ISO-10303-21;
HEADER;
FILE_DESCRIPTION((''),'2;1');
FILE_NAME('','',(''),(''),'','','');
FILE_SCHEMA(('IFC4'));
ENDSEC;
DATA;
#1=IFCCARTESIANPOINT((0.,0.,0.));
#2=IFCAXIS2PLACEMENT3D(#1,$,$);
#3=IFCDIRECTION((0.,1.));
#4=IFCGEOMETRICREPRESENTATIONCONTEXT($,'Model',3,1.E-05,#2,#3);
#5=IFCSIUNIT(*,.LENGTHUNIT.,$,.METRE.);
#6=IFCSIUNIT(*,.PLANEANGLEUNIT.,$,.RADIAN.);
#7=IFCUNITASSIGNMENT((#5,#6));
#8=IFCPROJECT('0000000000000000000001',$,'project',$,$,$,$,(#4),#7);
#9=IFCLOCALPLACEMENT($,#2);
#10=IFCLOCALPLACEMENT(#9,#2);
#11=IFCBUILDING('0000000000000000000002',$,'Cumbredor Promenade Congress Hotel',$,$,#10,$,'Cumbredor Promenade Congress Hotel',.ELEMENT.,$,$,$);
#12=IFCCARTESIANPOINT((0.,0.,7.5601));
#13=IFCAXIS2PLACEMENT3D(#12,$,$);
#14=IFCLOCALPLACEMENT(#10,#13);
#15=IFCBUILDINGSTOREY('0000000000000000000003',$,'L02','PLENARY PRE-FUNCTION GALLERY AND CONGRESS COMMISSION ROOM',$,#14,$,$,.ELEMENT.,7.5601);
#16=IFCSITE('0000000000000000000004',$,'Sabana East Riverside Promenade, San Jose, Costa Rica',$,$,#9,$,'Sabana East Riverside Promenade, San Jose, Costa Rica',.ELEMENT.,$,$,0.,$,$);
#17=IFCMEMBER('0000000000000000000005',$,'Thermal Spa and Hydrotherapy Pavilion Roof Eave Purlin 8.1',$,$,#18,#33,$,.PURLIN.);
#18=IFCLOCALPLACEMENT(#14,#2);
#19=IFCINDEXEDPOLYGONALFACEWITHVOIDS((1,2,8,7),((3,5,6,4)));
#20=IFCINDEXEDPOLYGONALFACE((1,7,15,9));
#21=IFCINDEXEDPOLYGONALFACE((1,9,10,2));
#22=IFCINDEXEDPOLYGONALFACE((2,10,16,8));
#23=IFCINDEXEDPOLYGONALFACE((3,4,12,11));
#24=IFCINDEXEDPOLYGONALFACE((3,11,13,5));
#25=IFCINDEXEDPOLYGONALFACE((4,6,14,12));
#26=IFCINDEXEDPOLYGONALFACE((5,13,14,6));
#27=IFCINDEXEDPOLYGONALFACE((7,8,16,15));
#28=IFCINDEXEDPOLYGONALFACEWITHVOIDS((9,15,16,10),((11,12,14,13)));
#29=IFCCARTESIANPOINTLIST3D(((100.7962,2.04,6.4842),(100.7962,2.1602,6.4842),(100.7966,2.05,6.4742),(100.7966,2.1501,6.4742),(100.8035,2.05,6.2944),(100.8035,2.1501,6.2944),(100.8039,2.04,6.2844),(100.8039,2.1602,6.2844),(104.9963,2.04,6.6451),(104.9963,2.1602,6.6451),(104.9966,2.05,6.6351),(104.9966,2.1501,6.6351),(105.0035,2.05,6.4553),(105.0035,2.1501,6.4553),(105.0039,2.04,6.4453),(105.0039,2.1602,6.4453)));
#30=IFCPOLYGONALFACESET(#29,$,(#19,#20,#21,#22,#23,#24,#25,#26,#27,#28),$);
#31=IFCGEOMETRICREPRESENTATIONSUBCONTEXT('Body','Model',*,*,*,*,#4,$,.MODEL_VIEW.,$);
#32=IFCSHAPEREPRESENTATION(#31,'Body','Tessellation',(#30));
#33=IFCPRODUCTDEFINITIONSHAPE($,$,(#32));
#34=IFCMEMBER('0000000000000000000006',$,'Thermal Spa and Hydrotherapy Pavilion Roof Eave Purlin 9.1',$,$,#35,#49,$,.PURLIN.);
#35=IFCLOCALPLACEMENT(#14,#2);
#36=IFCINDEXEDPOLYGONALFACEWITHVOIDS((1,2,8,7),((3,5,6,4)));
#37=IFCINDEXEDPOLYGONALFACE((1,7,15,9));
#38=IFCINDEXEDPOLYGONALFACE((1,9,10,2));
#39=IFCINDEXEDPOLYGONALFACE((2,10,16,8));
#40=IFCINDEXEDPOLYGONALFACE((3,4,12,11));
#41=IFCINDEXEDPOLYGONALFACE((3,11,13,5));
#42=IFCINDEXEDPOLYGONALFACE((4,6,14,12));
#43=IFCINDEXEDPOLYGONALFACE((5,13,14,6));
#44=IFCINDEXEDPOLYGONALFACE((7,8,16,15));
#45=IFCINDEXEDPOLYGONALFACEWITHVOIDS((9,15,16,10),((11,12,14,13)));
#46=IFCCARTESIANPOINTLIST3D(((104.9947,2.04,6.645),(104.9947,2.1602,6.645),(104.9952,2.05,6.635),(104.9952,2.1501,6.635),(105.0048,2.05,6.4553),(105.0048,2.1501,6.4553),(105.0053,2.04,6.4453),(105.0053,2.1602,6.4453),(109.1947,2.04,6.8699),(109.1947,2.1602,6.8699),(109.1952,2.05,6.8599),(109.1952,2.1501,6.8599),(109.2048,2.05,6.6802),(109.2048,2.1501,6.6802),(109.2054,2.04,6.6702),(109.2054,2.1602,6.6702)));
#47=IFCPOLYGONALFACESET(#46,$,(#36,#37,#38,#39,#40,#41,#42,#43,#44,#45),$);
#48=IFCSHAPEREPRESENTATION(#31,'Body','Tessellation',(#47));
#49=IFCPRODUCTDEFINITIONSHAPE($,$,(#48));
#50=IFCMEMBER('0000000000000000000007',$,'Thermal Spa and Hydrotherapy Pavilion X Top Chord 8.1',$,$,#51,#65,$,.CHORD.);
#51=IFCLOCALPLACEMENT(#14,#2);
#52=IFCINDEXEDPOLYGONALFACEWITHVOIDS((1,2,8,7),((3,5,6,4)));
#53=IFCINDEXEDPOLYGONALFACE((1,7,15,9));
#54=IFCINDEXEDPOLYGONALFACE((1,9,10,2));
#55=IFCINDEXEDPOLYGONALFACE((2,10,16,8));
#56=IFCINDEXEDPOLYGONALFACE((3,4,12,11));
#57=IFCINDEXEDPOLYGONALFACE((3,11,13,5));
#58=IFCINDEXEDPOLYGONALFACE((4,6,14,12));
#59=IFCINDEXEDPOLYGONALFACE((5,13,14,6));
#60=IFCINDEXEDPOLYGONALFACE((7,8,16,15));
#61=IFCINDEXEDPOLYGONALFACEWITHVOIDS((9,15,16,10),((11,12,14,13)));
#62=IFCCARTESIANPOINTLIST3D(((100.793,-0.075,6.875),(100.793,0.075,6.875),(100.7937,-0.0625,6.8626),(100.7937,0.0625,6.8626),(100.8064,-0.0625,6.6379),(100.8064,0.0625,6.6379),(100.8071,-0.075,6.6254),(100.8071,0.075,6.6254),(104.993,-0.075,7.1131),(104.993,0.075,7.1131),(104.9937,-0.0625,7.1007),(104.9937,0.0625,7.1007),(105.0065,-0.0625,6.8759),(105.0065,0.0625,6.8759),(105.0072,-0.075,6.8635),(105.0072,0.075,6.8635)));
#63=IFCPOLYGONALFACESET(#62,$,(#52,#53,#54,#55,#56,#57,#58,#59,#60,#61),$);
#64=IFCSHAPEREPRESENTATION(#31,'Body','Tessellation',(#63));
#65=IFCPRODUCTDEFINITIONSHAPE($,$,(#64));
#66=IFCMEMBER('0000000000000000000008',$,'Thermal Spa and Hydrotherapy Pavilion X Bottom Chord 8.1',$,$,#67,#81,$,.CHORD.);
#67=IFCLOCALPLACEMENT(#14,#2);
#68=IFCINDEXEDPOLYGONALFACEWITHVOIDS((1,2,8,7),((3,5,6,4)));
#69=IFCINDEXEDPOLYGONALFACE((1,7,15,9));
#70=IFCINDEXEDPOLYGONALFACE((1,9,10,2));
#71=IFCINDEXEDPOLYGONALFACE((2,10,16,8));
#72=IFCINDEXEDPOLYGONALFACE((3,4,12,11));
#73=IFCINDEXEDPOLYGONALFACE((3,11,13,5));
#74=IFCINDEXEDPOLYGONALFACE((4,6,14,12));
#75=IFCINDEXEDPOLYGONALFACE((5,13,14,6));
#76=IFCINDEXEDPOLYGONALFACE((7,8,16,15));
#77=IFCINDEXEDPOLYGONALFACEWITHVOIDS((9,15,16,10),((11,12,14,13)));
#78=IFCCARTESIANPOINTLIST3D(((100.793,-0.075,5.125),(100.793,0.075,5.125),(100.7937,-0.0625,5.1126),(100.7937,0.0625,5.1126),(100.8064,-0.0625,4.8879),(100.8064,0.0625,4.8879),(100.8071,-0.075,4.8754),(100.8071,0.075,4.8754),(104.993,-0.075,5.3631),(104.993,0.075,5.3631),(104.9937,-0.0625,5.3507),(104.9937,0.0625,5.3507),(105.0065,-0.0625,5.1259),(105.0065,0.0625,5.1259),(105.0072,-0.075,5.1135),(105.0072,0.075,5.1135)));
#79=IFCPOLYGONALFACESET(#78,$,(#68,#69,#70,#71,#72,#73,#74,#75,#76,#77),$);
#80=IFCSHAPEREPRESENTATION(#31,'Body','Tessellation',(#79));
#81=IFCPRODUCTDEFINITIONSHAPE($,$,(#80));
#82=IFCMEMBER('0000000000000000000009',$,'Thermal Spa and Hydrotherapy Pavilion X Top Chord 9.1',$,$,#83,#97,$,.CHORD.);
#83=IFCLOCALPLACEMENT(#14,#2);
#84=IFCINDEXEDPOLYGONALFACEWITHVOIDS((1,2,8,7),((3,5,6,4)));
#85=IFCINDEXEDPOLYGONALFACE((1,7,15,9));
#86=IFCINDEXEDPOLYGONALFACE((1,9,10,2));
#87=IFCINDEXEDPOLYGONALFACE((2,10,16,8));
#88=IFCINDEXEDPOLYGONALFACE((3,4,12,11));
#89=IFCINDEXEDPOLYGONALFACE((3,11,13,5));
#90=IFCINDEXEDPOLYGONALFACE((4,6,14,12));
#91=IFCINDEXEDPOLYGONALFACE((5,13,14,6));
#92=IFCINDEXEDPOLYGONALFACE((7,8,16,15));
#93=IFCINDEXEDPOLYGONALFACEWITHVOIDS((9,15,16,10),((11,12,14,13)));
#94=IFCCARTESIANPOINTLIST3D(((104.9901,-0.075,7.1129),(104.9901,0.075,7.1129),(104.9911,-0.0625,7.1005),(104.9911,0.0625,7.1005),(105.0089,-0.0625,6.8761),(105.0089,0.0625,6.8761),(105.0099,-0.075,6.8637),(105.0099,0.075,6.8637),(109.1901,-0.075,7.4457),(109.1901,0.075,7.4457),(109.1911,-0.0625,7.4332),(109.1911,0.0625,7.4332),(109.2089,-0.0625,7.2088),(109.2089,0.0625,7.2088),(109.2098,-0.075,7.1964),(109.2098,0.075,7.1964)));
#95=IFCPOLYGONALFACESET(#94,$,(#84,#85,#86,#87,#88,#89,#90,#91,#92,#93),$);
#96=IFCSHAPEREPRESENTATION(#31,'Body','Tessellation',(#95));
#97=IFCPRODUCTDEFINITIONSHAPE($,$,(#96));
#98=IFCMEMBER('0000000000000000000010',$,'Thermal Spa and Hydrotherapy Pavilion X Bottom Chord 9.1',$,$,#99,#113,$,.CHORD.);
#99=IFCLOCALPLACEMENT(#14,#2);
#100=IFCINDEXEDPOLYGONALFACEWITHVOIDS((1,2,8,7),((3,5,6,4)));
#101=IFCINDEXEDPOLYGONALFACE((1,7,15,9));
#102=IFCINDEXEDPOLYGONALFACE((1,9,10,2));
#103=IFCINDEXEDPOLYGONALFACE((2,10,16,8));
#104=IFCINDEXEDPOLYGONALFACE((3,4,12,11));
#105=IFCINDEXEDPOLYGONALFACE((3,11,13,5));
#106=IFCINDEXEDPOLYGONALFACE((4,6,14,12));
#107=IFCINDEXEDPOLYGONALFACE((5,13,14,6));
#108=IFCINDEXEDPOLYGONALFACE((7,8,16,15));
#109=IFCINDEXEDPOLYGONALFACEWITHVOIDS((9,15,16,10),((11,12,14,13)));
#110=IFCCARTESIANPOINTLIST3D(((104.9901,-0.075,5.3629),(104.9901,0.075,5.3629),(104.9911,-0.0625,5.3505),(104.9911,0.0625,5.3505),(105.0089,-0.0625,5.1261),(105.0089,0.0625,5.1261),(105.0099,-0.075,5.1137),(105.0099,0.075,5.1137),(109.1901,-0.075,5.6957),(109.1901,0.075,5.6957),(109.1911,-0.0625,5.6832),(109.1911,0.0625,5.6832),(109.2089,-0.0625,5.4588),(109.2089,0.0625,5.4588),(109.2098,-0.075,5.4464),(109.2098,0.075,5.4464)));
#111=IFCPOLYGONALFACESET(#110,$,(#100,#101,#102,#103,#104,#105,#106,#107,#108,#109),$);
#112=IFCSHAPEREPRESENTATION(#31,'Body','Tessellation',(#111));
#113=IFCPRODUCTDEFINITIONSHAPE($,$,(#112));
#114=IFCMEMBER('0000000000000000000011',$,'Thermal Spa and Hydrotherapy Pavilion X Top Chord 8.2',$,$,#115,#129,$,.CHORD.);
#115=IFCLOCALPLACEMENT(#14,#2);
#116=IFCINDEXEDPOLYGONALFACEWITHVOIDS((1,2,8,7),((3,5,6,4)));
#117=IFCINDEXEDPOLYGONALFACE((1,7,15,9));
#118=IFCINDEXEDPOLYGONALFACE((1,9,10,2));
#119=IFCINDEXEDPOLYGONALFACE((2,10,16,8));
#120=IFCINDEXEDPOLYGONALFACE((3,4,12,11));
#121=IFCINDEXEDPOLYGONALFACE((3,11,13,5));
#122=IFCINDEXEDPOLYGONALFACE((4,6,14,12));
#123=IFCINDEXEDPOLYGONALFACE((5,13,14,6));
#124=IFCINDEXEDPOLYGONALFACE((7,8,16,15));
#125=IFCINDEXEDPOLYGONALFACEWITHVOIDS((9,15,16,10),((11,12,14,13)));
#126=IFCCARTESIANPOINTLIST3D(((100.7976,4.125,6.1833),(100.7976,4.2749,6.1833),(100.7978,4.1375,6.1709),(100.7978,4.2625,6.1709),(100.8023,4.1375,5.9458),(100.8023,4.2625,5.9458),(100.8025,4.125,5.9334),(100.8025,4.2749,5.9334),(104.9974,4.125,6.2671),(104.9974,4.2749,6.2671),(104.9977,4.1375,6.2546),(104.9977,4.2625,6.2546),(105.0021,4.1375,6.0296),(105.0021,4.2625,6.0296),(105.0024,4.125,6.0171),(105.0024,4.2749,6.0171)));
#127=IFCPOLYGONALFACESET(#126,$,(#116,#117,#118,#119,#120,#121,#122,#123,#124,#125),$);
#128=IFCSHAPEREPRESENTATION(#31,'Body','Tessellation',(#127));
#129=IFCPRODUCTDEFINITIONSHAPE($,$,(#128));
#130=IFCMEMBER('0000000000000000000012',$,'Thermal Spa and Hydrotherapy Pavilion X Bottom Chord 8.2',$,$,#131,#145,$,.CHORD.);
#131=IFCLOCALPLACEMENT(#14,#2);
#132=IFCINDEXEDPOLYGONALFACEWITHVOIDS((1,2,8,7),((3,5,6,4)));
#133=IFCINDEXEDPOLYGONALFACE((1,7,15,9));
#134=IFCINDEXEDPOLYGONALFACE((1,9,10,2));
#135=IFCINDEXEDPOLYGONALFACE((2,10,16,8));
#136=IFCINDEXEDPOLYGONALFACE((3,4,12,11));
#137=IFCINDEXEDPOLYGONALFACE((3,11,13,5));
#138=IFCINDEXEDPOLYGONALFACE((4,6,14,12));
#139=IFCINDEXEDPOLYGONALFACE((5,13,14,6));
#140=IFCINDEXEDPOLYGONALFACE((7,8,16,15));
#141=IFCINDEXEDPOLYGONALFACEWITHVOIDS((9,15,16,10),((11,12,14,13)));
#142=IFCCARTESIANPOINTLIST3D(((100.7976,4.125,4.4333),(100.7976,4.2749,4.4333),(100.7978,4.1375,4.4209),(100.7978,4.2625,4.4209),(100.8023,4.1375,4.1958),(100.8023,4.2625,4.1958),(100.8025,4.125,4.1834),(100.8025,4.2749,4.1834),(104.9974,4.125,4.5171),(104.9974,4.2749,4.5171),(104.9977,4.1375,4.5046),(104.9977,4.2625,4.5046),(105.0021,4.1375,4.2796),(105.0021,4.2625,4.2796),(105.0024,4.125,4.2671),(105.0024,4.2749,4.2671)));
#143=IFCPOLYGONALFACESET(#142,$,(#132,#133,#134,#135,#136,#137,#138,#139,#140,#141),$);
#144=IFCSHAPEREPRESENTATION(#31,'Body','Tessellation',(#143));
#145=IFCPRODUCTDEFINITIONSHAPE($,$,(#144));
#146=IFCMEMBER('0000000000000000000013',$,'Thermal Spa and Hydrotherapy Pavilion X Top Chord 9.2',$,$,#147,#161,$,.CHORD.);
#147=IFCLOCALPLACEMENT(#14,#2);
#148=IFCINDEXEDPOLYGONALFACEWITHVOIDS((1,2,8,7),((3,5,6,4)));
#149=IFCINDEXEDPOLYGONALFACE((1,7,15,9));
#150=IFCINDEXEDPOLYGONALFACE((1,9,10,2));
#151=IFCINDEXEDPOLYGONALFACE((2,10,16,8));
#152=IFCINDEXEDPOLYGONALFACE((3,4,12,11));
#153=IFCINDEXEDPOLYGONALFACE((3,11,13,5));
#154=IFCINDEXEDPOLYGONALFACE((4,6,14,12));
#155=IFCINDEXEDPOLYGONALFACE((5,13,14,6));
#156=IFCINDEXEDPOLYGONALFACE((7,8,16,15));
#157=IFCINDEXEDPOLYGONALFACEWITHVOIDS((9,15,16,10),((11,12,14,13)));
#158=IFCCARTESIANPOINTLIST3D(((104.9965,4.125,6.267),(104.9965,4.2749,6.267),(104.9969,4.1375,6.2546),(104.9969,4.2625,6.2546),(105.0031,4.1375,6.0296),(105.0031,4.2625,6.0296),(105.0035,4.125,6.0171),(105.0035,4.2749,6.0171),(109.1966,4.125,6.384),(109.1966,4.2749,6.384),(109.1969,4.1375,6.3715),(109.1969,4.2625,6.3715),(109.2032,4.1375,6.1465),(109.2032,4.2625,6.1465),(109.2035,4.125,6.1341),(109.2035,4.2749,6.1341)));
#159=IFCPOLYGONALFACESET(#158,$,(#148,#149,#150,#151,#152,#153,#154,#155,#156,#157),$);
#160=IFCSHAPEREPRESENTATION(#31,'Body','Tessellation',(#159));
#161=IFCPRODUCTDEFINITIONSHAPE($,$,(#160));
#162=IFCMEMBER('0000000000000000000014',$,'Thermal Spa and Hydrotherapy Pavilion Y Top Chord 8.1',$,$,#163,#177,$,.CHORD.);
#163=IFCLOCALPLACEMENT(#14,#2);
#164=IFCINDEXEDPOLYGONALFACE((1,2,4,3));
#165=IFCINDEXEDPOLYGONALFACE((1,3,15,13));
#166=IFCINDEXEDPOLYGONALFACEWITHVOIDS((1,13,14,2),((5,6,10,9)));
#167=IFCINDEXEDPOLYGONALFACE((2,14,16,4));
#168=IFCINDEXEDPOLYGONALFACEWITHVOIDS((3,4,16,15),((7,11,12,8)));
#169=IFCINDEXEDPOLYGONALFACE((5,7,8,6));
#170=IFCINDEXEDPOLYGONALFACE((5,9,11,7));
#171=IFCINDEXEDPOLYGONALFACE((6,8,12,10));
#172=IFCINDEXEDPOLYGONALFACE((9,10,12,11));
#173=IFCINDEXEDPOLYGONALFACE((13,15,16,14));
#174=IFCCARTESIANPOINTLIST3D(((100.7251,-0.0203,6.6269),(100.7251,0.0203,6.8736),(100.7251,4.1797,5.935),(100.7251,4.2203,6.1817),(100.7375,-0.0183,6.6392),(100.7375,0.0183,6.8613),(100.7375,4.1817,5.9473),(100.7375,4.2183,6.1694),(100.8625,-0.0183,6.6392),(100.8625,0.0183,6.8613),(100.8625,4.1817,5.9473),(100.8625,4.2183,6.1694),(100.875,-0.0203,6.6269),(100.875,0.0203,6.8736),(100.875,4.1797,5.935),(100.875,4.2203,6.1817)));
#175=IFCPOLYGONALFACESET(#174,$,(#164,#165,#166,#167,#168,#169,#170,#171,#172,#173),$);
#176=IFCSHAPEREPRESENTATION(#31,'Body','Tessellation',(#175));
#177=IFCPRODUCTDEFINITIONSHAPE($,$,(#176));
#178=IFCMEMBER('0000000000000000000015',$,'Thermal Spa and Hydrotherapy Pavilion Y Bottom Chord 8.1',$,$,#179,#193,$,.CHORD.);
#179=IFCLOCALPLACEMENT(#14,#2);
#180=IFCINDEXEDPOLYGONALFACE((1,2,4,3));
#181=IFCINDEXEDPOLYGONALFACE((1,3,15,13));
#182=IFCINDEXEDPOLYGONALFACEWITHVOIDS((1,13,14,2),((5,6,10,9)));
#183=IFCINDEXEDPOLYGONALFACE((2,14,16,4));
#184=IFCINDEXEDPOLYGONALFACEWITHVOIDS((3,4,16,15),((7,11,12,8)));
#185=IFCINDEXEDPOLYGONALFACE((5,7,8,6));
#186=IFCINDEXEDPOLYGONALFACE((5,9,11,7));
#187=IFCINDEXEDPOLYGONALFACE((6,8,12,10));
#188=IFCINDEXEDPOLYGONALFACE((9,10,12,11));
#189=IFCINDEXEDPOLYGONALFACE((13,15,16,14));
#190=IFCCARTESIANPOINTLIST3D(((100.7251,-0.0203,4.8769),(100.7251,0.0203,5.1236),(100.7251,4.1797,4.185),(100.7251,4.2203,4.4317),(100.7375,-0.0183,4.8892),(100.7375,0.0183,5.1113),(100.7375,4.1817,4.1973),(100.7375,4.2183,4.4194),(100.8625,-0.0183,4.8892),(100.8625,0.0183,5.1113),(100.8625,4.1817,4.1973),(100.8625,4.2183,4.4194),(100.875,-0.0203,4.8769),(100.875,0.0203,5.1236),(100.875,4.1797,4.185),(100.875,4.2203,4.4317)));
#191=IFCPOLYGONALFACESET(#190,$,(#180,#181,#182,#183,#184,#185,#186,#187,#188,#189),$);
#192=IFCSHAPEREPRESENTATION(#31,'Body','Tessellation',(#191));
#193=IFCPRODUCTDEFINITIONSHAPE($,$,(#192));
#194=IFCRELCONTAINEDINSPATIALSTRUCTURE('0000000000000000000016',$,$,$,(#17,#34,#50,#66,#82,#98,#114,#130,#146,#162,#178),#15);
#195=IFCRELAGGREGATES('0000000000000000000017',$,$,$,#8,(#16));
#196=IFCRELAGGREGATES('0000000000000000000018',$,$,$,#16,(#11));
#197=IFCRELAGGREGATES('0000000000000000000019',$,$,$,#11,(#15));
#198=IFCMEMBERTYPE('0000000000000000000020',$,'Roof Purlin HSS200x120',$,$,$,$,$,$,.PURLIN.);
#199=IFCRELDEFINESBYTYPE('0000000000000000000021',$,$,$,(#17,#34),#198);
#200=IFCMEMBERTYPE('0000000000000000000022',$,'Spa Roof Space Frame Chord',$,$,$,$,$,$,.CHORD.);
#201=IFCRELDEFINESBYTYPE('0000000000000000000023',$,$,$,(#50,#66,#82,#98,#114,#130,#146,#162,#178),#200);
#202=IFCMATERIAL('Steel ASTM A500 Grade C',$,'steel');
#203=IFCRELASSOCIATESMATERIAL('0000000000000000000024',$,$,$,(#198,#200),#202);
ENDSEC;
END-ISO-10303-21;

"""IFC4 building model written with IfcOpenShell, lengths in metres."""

from ifc_helpers import new_model, si_unit, direction, frame, origin, origin_2d, place, context, subcontext, project, spatial, hollow_rectangle, extrude, material, material_profile, profile_set, type_object, element, save


model = new_model("IFC4")

# Units and contexts
model_context = context("Model", 3, precision=1e-05, world=origin(), true_north=direction((0.0, 1.0)))
body_context = subcontext(model_context, "Body", "Model", "MODEL_VIEW")
ifc_project = project(units=[si_unit("LENGTHUNIT", "METRE"), si_unit("PLANEANGLEUNIT", "RADIAN")], contexts=[model_context])

# Site, building, storey
site_placement = place(None, origin())
site = spatial("IfcSite", under=ifc_project, at=site_placement, Name="Sabana East Riverside Promenade, San Jose, Costa Rica", LongName="Sabana East Riverside Promenade, San Jose, Costa Rica", CompositionType="ELEMENT", RefElevation=0.0)
building_placement = place(site_placement, origin())
building = spatial("IfcBuilding", under=site, at=building_placement, Name="Cumbredor Promenade Congress Hotel", LongName="Cumbredor Promenade Congress Hotel", CompositionType="ELEMENT")
storey_placement = place(building_placement, frame((0.0, 0.0, 7.5601)))
storey = spatial("IfcBuildingStorey", under=building, at=storey_placement, Name="L02", Description="PLENARY PRE-FUNCTION GALLERY AND CONGRESS COMMISSION ROOM", CompositionType="ELEMENT", Elevation=7.5601)

# Members
ifc_material_1 = material(Name="Steel ASTM A500 Grade C", Category="steel")
ifc_material_profile_1 = material_profile(ifc_material_1, hollow_rectangle(XDim=0.1201, YDim=0.2, WallThickness=0.01, at=origin_2d()), Name="HSS 200x120x10")
ifc_profile_set_1 = profile_set([ifc_material_profile_1], Name="Steel ASTM A500 Grade C")
member_type_1 = type_object("IfcMemberType", Name="Roof Purlin HSS200x120", PredefinedType="PURLIN", material=ifc_profile_set_1)
member_1_placement = place(storey_placement, frame((100.8, 2.1001, 6.3843), z_axis=(0.999267, 0.0, 0.038279), x_axis=(0.0, 1.0, 0.0)))
element("IfcMember", 1, at=member_1_placement, inside=storey, type_object=member_type_1, Name="Thermal Spa and Hydrotherapy Pavilion Roof Eave Purlin 8.1", PredefinedType="PURLIN", context=body_context, shape_type="SweptSolid", body=[
    extrude(hollow_rectangle(XDim=0.1201, YDim=0.2, WallThickness=0.01, at=origin_2d()), origin(), (0.0, 0.0, 1.0), 4.2031),
])
member_2_placement = place(storey_placement, frame((105.0, 2.1001, 6.5452), z_axis=(0.99857, 0.0, 0.053461), x_axis=(0.0, 1.0, 0.0)))
element("IfcMember", 2, at=member_2_placement, inside=storey, type_object=member_type_1, Name="Thermal Spa and Hydrotherapy Pavilion Roof Eave Purlin 9.1", PredefinedType="PURLIN", context=body_context, shape_type="SweptSolid", body=[
    extrude(hollow_rectangle(XDim=0.1201, YDim=0.2, WallThickness=0.01, at=origin_2d()), origin(), (0.0, 0.0, 1.0), 4.2061),
])
ifc_material_profile_2 = material_profile(ifc_material_1, hollow_rectangle(XDim=0.1499, YDim=0.25, WallThickness=0.0125, at=origin_2d()), Name="HSS 250x150x12.5")
ifc_profile_set_2 = profile_set([ifc_material_profile_2], Name="Steel ASTM A500 Grade C")
member_type_2 = type_object("IfcMemberType", Name="Spa Roof Space Frame Chord", PredefinedType="CHORD", material=ifc_profile_set_2)
for number, where, z_axis, x_axis, name in (
    (3, (100.8, 0.0, 6.7502), (0.998398, 0.0, 0.056585), (0.0, 1.0, 0.0), "Thermal Spa and Hydrotherapy Pavilion X Top Chord 8.1"),
    (4, (100.8, 0.0, 5.0002), (0.998398, 0.0, 0.056585), (0.0, 1.0, 0.0), "Thermal Spa and Hydrotherapy Pavilion X Bottom Chord 8.1"),
):
    element("IfcMember", number, at=place(storey_placement, frame(where, z_axis=z_axis, x_axis=x_axis)), inside=storey, type_object=member_type_2, Name=name, PredefinedType="CHORD", context=body_context, shape_type="SweptSolid", body=[
        extrude(hollow_rectangle(XDim=0.1499, YDim=0.25, WallThickness=0.0125, at=origin_2d()), origin(), (0.0, 0.0, 1.0), 4.2068),
    ])
for number, where, z_axis, x_axis, name in (
    (5, (105.0, 0.0, 6.9883), (0.996876, 0.0, 0.078983), (0.0, 1.0, 0.0), "Thermal Spa and Hydrotherapy Pavilion X Top Chord 9.1"),
    (6, (105.0, 0.0, 5.2383), (0.996876, 0.0, 0.078983), (0.0, 1.0, 0.0), "Thermal Spa and Hydrotherapy Pavilion X Bottom Chord 9.1"),
):
    element("IfcMember", number, at=place(storey_placement, frame(where, z_axis=z_axis, x_axis=x_axis)), inside=storey, type_object=member_type_2, Name=name, PredefinedType="CHORD", context=body_context, shape_type="SweptSolid", body=[
        extrude(hollow_rectangle(XDim=0.1499, YDim=0.25, WallThickness=0.0125, at=origin_2d()), origin(), (0.0, 0.0, 1.0), 4.2131),
    ])
for number, where, z_axis, x_axis, name in (
    (7, (100.8, 4.2, 6.0583), (0.999801, 0.0, 0.019934), (0.0, 1.0, 0.0), "Thermal Spa and Hydrotherapy Pavilion X Top Chord 8.2"),
    (8, (100.8, 4.2, 4.3083), (0.999801, 0.0, 0.019934), (0.0, 1.0, 0.0), "Thermal Spa and Hydrotherapy Pavilion X Bottom Chord 8.2"),
):
    element("IfcMember", number, at=place(storey_placement, frame(where, z_axis=z_axis, x_axis=x_axis)), inside=storey, type_object=member_type_2, Name=name, PredefinedType="CHORD", context=body_context, shape_type="SweptSolid", body=[
        extrude(hollow_rectangle(XDim=0.1499, YDim=0.25, WallThickness=0.0125, at=origin_2d()), origin(), (0.0, 0.0, 1.0), 4.2007),
    ])
member_3_placement = place(storey_placement, frame((105.0, 4.2, 6.1421), z_axis=(0.999613, 0.0, 0.027833), x_axis=(0.0, 1.0, 0.0)))
element("IfcMember", 9, at=member_3_placement, inside=storey, type_object=member_type_2, Name="Thermal Spa and Hydrotherapy Pavilion X Top Chord 9.2", PredefinedType="CHORD", context=body_context, shape_type="SweptSolid", body=[
    extrude(hollow_rectangle(XDim=0.1499, YDim=0.25, WallThickness=0.0125, at=origin_2d()), origin(), (0.0, 0.0, 1.0), 4.2017),
])
for number, where, z_axis, x_axis, name in (
    (10, (100.8, 0.0, 6.7502), (0.0, 0.986701, -0.162548), (-1.0, 0.0, 0.0), "Thermal Spa and Hydrotherapy Pavilion Y Top Chord 8.1"),
    (11, (100.8, 0.0, 5.0002), (0.0, 0.986701, -0.162548), (-1.0, 0.0, 0.0), "Thermal Spa and Hydrotherapy Pavilion Y Bottom Chord 8.1"),
):
    element("IfcMember", number, at=place(storey_placement, frame(where, z_axis=z_axis, x_axis=x_axis)), inside=storey, type_object=member_type_2, Name=name, PredefinedType="CHORD", context=body_context, shape_type="SweptSolid", body=[
        extrude(hollow_rectangle(XDim=0.1499, YDim=0.25, WallThickness=0.0125, at=origin_2d()), origin(), (0.0, 0.0, 1.0), 4.2566),
    ])

save(model, "model.ifc")
